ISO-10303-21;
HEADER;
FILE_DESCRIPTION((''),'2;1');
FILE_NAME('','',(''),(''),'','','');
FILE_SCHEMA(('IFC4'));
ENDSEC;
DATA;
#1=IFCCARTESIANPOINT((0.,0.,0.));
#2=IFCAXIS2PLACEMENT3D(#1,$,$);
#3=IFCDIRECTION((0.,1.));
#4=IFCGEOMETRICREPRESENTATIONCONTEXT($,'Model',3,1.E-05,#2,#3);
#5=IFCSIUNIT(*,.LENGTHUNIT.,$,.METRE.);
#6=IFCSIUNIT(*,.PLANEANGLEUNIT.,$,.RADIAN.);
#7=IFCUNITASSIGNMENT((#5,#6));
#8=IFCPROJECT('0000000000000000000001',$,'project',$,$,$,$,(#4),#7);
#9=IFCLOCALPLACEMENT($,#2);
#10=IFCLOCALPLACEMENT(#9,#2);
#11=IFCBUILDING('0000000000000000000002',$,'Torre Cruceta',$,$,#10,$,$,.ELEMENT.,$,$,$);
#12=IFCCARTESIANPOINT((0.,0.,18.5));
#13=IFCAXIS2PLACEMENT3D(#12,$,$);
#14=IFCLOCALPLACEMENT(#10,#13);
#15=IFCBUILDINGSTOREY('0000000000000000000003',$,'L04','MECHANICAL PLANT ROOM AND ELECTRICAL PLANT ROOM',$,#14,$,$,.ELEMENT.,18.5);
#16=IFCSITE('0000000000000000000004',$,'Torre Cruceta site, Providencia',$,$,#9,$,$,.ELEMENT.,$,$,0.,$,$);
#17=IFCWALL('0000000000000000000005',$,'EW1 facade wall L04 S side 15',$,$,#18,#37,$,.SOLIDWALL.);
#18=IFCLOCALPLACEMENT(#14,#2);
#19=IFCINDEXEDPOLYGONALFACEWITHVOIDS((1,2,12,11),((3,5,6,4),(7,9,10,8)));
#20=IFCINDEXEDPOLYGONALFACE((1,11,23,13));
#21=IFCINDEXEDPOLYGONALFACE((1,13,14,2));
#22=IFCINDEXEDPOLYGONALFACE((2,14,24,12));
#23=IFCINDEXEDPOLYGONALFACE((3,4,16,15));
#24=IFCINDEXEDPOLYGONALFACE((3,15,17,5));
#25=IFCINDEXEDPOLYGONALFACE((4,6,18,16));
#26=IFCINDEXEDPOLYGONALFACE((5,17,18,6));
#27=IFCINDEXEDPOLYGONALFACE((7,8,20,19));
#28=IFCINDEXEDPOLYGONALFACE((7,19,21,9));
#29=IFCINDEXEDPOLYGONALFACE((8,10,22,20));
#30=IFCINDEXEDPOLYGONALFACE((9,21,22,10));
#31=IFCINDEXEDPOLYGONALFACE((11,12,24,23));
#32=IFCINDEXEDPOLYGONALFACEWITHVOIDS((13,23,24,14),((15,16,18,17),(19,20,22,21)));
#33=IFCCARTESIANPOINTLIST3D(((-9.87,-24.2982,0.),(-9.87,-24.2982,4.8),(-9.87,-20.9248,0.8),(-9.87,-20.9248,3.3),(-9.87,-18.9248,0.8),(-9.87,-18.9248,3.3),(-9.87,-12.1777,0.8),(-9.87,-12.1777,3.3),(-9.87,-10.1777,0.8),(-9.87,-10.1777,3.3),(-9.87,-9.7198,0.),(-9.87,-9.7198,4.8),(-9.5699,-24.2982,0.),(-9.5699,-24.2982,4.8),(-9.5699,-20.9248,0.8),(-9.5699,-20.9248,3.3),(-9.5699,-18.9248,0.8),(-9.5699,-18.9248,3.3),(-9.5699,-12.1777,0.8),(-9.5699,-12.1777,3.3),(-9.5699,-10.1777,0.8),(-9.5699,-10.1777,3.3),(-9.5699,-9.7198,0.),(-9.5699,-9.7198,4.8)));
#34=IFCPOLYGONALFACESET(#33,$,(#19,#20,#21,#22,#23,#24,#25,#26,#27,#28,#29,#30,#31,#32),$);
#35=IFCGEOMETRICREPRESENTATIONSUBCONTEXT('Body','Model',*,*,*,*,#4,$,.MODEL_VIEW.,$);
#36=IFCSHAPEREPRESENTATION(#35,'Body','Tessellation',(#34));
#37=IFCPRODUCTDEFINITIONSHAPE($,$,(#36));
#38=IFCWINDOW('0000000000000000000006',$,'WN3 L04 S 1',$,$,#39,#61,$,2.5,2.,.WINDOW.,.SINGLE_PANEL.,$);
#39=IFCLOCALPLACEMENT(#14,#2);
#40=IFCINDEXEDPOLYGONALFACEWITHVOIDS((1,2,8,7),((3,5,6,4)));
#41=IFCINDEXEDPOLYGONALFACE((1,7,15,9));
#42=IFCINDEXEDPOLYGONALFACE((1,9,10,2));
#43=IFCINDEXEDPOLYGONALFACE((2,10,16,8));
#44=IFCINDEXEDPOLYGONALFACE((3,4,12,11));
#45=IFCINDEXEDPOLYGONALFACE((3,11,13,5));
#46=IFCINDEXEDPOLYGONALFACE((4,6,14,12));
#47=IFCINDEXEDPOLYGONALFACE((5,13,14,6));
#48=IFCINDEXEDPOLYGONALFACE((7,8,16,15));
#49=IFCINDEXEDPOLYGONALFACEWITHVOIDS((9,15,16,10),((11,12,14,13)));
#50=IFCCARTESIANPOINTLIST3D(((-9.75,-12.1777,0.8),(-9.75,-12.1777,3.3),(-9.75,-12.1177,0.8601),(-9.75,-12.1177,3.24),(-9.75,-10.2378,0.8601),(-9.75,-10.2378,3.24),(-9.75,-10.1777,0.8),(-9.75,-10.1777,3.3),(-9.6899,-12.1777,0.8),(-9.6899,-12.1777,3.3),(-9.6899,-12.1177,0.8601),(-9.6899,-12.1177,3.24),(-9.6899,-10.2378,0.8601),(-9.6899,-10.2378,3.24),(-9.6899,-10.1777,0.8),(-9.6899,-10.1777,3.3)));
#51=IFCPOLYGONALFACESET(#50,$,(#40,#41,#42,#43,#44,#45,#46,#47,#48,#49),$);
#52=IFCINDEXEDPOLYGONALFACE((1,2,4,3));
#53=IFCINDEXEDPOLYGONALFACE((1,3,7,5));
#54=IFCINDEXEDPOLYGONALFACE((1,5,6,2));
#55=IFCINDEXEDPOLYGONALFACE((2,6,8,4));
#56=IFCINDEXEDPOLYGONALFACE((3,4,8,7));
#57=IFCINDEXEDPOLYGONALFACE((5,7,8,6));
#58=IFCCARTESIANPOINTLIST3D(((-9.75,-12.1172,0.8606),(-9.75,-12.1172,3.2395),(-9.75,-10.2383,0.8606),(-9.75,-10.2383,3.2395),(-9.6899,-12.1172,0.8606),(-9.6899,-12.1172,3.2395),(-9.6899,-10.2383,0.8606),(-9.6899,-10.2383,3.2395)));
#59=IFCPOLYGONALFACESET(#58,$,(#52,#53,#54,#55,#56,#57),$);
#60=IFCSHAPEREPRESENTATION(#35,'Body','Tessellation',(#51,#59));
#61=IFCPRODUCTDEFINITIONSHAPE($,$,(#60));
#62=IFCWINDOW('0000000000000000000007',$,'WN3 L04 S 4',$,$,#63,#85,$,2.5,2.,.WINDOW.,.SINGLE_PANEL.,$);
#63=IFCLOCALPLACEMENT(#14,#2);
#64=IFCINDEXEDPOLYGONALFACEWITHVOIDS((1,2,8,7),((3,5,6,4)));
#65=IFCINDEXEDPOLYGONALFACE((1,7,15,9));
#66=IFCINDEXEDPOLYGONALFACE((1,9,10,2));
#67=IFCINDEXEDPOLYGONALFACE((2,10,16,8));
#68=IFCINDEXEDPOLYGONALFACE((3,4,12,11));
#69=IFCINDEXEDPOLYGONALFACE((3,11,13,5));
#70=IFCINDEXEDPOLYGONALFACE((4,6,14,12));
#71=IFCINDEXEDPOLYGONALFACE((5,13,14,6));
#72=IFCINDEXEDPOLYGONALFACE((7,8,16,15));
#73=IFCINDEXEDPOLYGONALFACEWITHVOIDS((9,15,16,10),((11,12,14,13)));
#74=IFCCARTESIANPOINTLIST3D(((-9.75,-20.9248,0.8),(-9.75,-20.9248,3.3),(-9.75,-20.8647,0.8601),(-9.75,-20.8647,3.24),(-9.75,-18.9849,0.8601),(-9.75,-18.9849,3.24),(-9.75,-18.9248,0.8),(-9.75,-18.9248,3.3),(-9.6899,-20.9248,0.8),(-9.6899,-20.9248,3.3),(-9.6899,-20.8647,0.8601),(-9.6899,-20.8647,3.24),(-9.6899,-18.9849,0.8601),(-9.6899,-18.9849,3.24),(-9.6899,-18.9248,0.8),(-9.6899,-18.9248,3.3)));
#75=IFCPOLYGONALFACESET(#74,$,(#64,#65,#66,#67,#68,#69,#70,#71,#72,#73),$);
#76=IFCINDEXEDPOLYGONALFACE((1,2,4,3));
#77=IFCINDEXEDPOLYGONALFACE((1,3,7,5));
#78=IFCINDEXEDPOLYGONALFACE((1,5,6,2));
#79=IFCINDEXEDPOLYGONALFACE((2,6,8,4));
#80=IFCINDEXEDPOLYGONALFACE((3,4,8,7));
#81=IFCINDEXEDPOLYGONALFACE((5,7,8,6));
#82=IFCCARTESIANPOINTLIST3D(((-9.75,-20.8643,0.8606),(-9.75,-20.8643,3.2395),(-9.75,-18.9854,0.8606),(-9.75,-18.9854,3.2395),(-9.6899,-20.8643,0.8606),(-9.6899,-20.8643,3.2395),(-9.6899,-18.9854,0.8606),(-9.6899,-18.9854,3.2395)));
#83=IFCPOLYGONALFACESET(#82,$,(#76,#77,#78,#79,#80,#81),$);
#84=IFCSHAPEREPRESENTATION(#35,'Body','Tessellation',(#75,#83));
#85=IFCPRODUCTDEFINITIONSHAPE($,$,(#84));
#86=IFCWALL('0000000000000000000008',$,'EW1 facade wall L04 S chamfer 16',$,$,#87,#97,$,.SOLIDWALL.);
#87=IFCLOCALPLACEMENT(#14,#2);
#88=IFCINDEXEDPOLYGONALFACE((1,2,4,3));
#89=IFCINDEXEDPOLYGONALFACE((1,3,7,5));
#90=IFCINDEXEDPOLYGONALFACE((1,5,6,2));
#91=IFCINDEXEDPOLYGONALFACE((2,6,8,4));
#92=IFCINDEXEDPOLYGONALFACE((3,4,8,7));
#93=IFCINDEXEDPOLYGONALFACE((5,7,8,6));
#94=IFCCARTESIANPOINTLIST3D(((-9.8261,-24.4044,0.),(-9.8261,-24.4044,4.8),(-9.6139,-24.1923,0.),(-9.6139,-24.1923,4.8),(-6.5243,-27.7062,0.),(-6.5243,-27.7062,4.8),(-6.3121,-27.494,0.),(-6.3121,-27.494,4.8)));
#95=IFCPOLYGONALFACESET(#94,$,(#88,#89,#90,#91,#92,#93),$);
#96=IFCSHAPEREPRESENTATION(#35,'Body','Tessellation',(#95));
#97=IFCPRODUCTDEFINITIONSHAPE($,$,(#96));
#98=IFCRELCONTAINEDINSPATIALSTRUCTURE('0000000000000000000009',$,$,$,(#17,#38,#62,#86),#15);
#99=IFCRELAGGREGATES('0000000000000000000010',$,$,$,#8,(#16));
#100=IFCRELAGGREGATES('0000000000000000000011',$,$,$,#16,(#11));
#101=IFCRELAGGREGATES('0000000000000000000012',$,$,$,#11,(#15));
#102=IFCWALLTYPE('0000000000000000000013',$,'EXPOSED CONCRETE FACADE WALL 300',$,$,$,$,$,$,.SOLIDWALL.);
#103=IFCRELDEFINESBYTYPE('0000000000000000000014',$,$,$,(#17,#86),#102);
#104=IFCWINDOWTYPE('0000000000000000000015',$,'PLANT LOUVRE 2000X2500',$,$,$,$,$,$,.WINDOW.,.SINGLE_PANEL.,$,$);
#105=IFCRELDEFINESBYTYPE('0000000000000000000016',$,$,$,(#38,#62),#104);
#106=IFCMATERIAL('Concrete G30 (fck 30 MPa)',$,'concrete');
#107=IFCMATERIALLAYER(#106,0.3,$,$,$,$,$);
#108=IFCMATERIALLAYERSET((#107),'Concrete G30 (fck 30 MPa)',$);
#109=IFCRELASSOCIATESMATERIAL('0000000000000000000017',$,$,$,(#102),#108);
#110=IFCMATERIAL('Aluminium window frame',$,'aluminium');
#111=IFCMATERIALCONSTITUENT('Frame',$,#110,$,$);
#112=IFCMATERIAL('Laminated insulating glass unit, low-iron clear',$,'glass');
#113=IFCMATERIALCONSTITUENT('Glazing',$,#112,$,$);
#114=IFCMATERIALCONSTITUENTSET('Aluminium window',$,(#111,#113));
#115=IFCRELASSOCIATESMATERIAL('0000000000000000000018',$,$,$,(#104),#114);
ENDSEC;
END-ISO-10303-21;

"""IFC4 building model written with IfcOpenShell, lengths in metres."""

from ifc_helpers import new_model, si_unit, direction, frame, frame_2d, origin, place, context, subcontext, project, spatial, rectangle, hollow_rectangle, extrude, material, layer, layer_set, constituent, constituent_set, type_object, element, fill, save


model = new_model("IFC4")

# Units and contexts
model_context = context("Model", 3, precision=1e-05, world=origin(), true_north=direction((0.0, 1.0)))
body_context = subcontext(model_context, "Body", "Model", "MODEL_VIEW")
ifc_project = project(units=[si_unit("LENGTHUNIT", "METRE"), si_unit("PLANEANGLEUNIT", "RADIAN")], contexts=[model_context])

# Site, building, storey
site_placement = place(None, origin())
site = spatial("IfcSite", under=ifc_project, at=site_placement, Name="Torre Cruceta site, Providencia", CompositionType="ELEMENT", RefElevation=0.0)
building_placement = place(site_placement, origin())
building = spatial("IfcBuilding", under=site, at=building_placement, Name="Torre Cruceta", CompositionType="ELEMENT")
storey_placement = place(building_placement, frame((0.0, 0.0, 18.5)))
storey = spatial("IfcBuildingStorey", under=building, at=storey_placement, Name="L04", Description="MECHANICAL PLANT ROOM AND ELECTRICAL PLANT ROOM", CompositionType="ELEMENT", Elevation=18.5)

# Shared definitions
ifc_material_1 = material(Name="Concrete G30 (fck 30 MPa)", Category="concrete")
ifc_layer = layer(ifc_material_1, 0.3)
ifc_layer_set = layer_set([ifc_layer], Name="Concrete G30 (fck 30 MPa)")
wall_type = type_object("IfcWallType", Name="EXPOSED CONCRETE FACADE WALL 300", PredefinedType="SOLIDWALL", material=ifc_layer_set)

# Wall, openings, windows
ifc_material_2 = material(Name="Aluminium window frame", Category="aluminium")
ifc_constituent_1 = constituent(ifc_material_2, Name="Frame")
ifc_material_3 = material(Name="Laminated insulating glass unit, low-iron clear", Category="glass")
ifc_constituent_2 = constituent(ifc_material_3, Name="Glazing")
ifc_constituent_set = constituent_set(constituents=[ifc_constituent_1, ifc_constituent_2], Name="Aluminium window")
window_type = type_object("IfcWindowType", Name="PLANT LOUVRE 2000X2500", PartitioningType="SINGLE_PANEL", PredefinedType="WINDOW", material=ifc_constituent_set)
wall_1_placement = place(storey_placement, frame((-9.72, -9.72, 0.0), z_axis=(0.0, 0.0, 1.0), x_axis=(0.0, -1.0, 0.0)))
wall_1 = element("IfcWall", 1, at=wall_1_placement, inside=storey, type_object=wall_type, Name="EW1 facade wall L04 S side 15", PredefinedType="SOLIDWALL", context=body_context, shape_type="SweptSolid", body=[
    extrude(rectangle(XDim=14.5784, YDim=0.3, at=frame_2d((7.2891, 0.0))), origin(), (0.0, 0.0, 1.0), 4.8),
])
opening_1_placement = place(wall_1_placement, frame((0.4578, 0.0, 0.8)))
opening_1 = element("IfcOpeningElement", 2, at=opening_1_placement, cuts=wall_1, PredefinedType="OPENING", context=body_context, shape_type="SweptSolid", body=[
    extrude(rectangle(XDim=2.0, YDim=2.5, at=frame_2d((1.0, 1.25))), frame((0.0, 0.1599, 0.0), z_axis=(0.0, -1.0, 0.0), x_axis=(1.0, 0.0, 0.0)), (0.0, 0.0, 1.0), 0.3201),
])
opening_2_placement = place(wall_1_placement, frame((9.2048, 0.0, 0.8)))
opening_2 = element("IfcOpeningElement", 3, at=opening_2_placement, cuts=wall_1, PredefinedType="OPENING", context=body_context, shape_type="SweptSolid", body=[
    extrude(rectangle(XDim=2.0, YDim=2.5, at=frame_2d((1.0, 1.25))), frame((0.0, 0.1599, 0.0), z_axis=(0.0, -1.0, 0.0), x_axis=(1.0, 0.0, 0.0)), (0.0, 0.0, 1.0), 0.3201),
])
window_1_placement = place(opening_1_placement, origin())
window_1 = element("IfcWindow", 4, at=window_1_placement, inside=storey, type_object=window_type, Name="WN3 L04 S 1", OverallHeight=2.5, OverallWidth=2.0, PartitioningType="SINGLE_PANEL", PredefinedType="WINDOW", context=body_context, shape_type="SweptSolid", body=[
    extrude(hollow_rectangle(XDim=2.0, YDim=2.5, WallThickness=0.0601, at=frame_2d((1.0, 1.25))), frame((0.0, 0.03, 0.0), z_axis=(0.0, -1.0, 0.0), x_axis=(1.0, 0.0, 0.0)), (0.0, 0.0, 1.0), 0.0601),
    extrude(rectangle(XDim=1.8789, YDim=2.3789, at=frame_2d((1.0, 1.25))), frame((0.0, 0.03, 0.0), z_axis=(0.0, -1.0, 0.0), x_axis=(1.0, 0.0, 0.0)), (0.0, 0.0, 1.0), 0.0601),
])
fill(opening_1, window_1)
window_2_placement = place(opening_2_placement, origin())
window_2 = element("IfcWindow", 5, at=window_2_placement, inside=storey, type_object=window_type, Name="WN3 L04 S 4", OverallHeight=2.5, OverallWidth=2.0, PartitioningType="SINGLE_PANEL", PredefinedType="WINDOW", context=body_context, shape_type="SweptSolid", body=[
    extrude(hollow_rectangle(XDim=2.0, YDim=2.5, WallThickness=0.0601, at=frame_2d((1.0, 1.25))), frame((0.0, 0.03, 0.0), z_axis=(0.0, -1.0, 0.0), x_axis=(1.0, 0.0, 0.0)), (0.0, 0.0, 1.0), 0.0601),
    extrude(rectangle(XDim=1.8789, YDim=2.3789, at=frame_2d((1.0, 1.25))), frame((0.0, 0.03, 0.0), z_axis=(0.0, -1.0, 0.0), x_axis=(1.0, 0.0, 0.0)), (0.0, 0.0, 1.0), 0.0601),
])
fill(opening_2, window_2)

# Wall
wall_2_placement = place(storey_placement, frame((-9.72, -24.2983, 0.0), z_axis=(0.0, 0.0, 1.0), x_axis=(0.707107, -0.707107, 0.0)))
element("IfcWall", 6, at=wall_2_placement, inside=storey, type_object=wall_type, Name="EW1 facade wall L04 S chamfer 16", PredefinedType="SOLIDWALL", context=body_context, shape_type="SweptSolid", body=[
    extrude(rectangle(XDim=4.6694, YDim=0.3, at=frame_2d((2.3347, 0.0))), origin(), (0.0, 0.0, 1.0), 4.8),
])

save(model, "model.ifc")
